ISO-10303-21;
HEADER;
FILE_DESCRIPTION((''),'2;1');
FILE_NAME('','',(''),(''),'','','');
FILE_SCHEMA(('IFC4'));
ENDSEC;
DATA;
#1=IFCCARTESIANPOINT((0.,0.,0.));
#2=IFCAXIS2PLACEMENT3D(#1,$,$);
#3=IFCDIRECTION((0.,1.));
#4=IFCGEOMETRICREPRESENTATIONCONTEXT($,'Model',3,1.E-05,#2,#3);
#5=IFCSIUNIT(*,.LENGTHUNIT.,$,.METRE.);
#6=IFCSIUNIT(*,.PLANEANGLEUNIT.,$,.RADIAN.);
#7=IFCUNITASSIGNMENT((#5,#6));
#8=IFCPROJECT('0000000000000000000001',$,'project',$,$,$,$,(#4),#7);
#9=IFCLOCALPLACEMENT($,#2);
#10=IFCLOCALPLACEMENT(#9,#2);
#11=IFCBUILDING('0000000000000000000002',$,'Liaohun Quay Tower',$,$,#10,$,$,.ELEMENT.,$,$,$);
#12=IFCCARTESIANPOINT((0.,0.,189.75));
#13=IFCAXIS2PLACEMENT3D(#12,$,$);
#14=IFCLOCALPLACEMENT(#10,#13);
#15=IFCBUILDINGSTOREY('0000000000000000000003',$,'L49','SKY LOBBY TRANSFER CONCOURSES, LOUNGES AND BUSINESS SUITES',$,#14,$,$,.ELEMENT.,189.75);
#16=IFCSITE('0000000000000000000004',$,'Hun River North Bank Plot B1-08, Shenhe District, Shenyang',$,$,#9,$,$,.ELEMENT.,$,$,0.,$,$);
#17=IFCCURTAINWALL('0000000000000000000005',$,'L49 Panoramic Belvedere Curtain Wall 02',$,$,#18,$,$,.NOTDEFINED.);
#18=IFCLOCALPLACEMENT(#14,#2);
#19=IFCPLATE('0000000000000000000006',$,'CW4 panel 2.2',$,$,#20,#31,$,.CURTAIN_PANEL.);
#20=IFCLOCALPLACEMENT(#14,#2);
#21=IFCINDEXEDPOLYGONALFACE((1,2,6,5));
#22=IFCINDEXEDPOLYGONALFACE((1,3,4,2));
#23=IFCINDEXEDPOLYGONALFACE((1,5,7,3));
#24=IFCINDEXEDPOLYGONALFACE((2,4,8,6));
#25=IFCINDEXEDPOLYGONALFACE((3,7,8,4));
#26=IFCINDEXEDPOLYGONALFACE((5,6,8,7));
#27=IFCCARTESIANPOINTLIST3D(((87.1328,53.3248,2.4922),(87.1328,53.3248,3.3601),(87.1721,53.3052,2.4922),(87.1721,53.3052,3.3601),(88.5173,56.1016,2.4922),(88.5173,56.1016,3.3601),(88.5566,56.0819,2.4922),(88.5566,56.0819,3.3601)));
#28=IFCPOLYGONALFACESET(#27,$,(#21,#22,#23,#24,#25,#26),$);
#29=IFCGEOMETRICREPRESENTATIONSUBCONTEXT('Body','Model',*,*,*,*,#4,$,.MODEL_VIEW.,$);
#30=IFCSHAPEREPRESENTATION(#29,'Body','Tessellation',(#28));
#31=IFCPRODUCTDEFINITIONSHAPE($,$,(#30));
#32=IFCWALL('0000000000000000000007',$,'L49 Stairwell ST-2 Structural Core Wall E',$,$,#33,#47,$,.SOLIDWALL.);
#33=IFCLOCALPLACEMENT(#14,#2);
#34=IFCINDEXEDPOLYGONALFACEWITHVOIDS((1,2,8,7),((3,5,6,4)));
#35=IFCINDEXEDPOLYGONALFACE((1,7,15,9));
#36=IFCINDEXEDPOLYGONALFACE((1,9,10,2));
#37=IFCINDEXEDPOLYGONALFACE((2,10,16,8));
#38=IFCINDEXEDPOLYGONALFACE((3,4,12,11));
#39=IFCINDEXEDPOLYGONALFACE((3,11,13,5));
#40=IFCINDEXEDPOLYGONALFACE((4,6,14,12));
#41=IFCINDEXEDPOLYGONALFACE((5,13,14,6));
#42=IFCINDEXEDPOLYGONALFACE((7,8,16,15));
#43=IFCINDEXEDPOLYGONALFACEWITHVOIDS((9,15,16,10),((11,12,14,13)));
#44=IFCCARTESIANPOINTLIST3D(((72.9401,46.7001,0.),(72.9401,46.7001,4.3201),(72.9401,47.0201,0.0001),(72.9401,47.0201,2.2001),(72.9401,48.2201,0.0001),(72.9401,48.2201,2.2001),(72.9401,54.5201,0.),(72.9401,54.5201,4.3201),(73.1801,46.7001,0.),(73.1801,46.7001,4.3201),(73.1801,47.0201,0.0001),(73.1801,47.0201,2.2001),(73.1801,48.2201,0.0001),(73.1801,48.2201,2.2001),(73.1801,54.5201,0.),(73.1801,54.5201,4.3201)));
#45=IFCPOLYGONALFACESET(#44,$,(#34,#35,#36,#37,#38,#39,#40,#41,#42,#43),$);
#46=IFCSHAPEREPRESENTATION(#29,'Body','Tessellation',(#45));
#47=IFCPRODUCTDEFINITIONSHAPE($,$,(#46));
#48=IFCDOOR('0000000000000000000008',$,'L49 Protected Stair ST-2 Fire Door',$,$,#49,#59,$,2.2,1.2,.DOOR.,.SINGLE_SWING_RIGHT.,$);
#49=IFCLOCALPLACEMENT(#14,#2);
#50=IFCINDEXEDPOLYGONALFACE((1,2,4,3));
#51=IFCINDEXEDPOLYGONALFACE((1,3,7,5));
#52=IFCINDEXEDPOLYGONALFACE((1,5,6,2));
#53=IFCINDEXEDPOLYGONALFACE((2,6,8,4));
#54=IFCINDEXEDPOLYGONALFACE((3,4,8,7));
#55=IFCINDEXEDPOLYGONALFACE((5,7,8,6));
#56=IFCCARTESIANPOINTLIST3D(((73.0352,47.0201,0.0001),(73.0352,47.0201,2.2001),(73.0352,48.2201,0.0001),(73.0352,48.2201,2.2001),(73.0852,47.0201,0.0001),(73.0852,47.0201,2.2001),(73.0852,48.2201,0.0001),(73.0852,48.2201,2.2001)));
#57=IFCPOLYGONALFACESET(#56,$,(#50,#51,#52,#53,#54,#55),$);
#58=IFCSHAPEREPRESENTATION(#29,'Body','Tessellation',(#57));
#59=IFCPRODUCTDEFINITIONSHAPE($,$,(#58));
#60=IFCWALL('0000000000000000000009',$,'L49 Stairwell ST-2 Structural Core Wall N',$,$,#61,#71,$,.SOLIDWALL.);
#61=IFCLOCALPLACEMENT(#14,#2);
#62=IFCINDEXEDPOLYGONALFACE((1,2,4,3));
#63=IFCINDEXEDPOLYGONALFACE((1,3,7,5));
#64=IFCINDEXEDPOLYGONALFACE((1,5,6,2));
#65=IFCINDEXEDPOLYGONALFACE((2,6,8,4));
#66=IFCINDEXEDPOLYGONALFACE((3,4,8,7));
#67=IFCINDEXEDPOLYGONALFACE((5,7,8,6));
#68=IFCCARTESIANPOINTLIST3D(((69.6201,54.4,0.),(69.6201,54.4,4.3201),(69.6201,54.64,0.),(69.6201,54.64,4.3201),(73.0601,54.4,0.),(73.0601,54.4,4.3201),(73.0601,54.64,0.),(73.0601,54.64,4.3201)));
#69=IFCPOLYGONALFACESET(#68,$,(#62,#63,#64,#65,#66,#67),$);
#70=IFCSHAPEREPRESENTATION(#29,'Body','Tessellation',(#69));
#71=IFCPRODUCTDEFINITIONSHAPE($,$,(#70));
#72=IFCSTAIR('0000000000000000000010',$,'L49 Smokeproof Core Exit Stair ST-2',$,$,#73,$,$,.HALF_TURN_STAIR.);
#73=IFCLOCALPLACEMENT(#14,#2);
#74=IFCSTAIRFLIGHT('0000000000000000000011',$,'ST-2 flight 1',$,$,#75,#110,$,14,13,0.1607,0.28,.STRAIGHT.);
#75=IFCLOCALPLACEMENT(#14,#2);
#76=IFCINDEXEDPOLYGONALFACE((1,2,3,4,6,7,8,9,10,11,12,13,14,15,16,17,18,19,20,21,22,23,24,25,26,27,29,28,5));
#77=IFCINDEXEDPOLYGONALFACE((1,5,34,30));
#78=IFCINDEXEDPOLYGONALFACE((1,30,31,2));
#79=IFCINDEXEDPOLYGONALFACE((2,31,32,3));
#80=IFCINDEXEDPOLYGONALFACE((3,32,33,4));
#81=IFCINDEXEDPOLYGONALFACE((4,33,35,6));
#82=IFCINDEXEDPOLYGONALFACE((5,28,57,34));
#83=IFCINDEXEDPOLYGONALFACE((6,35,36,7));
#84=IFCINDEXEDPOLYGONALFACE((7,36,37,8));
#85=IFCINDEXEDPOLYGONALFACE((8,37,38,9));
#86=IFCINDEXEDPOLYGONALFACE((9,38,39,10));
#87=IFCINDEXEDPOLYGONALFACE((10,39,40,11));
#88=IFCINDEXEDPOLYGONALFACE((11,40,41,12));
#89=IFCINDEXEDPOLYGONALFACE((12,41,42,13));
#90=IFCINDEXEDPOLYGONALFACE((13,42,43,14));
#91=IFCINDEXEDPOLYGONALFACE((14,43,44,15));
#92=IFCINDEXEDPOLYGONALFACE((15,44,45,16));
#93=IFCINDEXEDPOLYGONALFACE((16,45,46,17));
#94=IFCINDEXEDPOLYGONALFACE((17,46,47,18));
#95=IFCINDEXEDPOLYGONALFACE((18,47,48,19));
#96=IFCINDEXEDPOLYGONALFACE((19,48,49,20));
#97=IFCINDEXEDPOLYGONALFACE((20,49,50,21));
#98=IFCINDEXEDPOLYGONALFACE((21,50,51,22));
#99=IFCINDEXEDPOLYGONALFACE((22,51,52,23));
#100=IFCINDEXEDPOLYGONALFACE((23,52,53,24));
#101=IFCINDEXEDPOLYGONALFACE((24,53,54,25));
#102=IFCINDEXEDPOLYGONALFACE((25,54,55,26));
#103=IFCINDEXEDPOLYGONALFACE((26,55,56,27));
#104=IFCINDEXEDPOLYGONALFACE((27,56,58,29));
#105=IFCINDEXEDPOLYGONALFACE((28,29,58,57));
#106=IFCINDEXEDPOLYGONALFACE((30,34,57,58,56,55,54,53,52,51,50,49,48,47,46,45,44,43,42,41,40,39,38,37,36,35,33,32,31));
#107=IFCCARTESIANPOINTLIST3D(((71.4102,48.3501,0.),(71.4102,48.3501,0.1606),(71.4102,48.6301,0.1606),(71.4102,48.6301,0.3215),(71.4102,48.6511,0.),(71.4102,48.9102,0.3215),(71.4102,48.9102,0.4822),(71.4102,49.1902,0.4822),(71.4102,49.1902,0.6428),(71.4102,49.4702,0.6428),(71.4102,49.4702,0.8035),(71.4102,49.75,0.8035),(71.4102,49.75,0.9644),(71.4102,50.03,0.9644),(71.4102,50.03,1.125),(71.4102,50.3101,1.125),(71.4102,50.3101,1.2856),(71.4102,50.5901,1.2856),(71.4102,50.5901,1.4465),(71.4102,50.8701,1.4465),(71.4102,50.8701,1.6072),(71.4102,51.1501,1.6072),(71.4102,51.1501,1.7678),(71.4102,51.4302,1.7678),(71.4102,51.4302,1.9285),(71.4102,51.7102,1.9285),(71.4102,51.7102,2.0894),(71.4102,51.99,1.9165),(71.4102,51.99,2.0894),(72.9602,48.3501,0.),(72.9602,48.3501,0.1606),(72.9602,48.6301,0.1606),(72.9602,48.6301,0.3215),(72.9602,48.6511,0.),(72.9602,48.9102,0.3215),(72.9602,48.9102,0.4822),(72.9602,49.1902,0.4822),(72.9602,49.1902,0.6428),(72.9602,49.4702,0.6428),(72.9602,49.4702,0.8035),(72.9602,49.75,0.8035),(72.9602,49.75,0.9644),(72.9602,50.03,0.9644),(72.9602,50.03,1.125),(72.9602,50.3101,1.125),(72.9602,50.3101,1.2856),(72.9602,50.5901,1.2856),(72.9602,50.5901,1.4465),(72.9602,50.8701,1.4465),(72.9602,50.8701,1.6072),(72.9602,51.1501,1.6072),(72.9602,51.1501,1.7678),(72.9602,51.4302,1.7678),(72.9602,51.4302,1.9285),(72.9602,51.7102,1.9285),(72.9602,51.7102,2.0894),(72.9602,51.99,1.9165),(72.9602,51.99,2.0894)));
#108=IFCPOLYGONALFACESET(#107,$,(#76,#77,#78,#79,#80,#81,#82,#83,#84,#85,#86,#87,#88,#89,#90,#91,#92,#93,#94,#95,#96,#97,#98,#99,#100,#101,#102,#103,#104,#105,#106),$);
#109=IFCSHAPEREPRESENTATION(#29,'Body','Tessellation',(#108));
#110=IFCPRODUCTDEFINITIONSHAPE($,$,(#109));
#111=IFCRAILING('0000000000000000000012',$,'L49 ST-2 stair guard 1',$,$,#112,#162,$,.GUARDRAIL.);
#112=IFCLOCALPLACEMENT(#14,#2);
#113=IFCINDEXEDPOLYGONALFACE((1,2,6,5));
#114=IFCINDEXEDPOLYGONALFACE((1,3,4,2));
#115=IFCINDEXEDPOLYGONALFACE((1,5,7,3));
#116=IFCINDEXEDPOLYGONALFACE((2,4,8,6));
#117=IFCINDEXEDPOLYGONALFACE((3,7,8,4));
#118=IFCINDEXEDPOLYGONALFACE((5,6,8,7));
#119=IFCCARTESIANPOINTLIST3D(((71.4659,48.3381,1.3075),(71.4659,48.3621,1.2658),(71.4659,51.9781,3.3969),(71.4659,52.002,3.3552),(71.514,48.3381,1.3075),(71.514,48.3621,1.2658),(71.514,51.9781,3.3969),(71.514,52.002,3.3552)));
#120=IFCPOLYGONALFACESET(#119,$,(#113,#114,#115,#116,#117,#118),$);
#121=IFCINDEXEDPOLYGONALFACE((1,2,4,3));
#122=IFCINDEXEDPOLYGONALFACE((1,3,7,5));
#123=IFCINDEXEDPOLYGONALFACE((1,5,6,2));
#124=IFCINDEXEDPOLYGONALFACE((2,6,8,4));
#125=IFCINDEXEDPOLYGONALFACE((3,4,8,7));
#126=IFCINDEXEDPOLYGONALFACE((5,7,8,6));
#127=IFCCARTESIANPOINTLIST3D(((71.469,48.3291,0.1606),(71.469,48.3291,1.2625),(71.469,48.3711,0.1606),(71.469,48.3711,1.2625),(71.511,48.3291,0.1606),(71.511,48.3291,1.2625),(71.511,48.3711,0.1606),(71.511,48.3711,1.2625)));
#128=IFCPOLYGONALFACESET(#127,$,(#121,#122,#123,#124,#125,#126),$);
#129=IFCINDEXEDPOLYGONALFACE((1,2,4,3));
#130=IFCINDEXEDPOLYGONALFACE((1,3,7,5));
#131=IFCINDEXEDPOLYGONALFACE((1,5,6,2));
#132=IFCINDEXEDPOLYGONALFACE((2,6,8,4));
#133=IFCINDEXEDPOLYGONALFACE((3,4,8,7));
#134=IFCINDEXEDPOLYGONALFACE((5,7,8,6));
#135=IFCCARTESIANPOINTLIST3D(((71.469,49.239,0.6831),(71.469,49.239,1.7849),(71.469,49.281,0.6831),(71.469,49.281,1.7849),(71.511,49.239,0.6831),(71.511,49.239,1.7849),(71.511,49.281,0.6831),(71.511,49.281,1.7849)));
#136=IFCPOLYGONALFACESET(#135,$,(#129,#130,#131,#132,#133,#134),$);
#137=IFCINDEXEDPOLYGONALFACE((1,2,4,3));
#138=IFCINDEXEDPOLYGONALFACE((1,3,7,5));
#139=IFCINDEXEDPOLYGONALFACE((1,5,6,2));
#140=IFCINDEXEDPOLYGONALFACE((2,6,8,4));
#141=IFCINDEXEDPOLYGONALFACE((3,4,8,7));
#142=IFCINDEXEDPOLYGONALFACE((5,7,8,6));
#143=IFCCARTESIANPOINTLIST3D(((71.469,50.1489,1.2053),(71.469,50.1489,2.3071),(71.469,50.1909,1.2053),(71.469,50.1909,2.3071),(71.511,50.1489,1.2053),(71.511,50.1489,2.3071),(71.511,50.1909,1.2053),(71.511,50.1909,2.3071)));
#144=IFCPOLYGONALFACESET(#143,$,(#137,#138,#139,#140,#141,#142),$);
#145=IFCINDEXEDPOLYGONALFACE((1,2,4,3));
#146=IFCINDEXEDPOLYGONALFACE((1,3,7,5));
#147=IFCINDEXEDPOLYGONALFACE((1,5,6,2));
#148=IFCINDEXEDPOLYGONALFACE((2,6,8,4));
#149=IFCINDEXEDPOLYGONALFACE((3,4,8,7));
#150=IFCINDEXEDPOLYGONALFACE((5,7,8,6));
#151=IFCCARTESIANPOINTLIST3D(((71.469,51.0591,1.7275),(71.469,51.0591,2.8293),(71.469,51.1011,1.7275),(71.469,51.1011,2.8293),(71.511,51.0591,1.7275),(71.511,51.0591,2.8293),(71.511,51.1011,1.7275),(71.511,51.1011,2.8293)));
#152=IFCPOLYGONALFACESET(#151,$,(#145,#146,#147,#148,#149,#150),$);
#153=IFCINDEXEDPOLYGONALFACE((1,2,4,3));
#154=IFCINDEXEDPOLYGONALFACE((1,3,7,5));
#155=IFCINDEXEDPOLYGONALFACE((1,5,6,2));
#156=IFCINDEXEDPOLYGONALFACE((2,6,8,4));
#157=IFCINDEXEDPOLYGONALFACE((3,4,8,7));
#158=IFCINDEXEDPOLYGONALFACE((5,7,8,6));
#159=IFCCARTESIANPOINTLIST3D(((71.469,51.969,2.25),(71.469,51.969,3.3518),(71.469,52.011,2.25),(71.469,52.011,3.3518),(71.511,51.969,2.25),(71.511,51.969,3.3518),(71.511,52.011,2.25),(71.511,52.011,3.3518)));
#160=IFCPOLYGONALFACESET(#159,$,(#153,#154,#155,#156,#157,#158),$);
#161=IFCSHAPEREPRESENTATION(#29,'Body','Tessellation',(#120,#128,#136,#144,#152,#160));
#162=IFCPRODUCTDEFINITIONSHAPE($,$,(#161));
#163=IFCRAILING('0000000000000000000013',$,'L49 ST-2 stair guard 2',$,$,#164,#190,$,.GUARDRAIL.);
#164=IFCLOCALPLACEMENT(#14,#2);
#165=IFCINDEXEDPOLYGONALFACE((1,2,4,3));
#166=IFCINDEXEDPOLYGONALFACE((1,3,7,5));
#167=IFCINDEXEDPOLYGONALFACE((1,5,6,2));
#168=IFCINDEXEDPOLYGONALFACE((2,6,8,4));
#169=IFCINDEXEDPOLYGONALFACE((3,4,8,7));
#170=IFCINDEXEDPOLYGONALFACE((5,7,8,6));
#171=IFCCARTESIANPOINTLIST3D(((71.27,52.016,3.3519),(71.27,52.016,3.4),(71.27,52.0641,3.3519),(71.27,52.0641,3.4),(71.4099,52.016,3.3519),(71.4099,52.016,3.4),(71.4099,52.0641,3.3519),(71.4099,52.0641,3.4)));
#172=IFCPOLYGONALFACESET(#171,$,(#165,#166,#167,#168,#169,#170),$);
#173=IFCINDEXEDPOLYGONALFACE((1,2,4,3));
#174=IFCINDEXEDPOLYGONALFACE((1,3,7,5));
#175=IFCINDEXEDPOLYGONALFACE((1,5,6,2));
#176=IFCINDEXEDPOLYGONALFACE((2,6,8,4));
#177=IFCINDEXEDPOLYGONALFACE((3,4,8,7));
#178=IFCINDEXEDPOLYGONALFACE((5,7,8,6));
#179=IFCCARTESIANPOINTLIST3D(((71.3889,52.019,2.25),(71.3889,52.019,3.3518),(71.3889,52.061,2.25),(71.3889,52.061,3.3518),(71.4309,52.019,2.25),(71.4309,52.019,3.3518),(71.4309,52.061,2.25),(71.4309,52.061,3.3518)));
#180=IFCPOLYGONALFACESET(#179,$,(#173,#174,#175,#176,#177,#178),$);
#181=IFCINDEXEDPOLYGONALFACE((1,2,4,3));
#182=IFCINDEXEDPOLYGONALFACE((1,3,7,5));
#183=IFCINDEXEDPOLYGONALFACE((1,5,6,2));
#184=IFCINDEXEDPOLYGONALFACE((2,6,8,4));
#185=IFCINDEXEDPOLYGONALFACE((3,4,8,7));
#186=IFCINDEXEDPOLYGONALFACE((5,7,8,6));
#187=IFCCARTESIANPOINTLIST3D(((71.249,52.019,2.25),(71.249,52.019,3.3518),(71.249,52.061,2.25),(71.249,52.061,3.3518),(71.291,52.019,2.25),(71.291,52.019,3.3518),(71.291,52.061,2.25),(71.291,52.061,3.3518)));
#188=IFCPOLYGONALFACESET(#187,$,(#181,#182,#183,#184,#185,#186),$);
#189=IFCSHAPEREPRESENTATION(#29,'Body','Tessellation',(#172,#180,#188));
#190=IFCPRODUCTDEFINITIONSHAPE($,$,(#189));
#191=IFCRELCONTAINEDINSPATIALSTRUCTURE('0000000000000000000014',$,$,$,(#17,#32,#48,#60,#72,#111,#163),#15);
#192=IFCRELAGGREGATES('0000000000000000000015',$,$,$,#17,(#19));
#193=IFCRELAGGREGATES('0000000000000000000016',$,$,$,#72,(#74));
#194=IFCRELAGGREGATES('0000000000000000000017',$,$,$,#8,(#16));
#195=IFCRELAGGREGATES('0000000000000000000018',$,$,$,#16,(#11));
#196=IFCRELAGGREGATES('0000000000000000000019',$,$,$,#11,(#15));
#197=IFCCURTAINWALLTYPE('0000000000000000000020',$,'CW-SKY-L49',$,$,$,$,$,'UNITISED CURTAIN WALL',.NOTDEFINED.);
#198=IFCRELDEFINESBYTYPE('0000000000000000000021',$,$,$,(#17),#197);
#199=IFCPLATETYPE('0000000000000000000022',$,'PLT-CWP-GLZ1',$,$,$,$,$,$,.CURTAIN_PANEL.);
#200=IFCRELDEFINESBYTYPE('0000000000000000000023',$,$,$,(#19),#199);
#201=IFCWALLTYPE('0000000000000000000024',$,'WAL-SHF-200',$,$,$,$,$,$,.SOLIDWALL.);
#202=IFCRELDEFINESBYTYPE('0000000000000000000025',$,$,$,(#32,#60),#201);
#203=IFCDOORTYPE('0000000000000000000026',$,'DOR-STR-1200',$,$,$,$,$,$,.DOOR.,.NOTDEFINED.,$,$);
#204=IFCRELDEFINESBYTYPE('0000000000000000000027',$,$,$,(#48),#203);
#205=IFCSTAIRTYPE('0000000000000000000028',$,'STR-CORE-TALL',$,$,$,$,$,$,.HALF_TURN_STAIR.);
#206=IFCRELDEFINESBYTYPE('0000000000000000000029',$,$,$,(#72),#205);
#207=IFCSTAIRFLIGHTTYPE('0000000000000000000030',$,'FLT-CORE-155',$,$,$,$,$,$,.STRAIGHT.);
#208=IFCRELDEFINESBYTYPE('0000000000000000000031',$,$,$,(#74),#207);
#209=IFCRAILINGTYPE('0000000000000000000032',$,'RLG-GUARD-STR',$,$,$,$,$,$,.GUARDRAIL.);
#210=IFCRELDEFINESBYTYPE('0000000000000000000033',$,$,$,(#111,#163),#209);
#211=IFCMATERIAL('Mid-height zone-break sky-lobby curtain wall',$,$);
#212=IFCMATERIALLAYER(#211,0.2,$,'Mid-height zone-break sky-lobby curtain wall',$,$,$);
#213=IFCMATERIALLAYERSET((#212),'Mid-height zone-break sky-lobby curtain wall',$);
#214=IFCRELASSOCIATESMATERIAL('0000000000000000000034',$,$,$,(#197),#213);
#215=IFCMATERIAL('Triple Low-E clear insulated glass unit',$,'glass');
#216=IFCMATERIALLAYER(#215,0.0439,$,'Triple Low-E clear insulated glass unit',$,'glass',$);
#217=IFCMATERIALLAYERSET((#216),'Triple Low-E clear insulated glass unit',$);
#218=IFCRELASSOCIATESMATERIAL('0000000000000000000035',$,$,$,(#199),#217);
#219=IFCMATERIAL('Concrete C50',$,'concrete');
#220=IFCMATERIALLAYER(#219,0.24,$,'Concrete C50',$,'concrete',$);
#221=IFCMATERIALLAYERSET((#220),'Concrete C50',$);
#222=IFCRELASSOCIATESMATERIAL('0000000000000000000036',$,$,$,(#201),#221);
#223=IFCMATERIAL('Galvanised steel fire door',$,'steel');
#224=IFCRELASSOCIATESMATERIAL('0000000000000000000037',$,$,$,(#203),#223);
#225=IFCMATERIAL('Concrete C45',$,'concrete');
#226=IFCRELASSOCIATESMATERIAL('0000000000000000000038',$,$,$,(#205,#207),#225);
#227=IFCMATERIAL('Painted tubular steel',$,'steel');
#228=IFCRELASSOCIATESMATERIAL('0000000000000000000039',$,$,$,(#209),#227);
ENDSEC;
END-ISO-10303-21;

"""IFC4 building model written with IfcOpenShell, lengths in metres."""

from ifc_helpers import new_model, si_unit, direction, frame, frame_2d, origin, origin_2d, place, context, subcontext, project, spatial, polyline, rectangle, outline, extrude, source, transform, mapped, material, layer, layer_set, type_object, element, fill, aggregate, save


model = new_model("IFC4")

# Units and contexts
model_context = context("Model", 3, precision=1e-05, world=origin(), true_north=direction((0.0, 1.0)))
body_context = subcontext(model_context, "Body", "Model", "MODEL_VIEW")
ifc_project = project(units=[si_unit("LENGTHUNIT", "METRE"), si_unit("PLANEANGLEUNIT", "RADIAN")], contexts=[model_context])

# Site, building, storey
site_placement = place(None, origin())
site = spatial("IfcSite", under=ifc_project, at=site_placement, Name="Hun River North Bank Plot B1-08, Shenhe District, Shenyang", CompositionType="ELEMENT", RefElevation=0.0)
building_placement = place(site_placement, origin())
building = spatial("IfcBuilding", under=site, at=building_placement, Name="Liaohun Quay Tower", CompositionType="ELEMENT")
storey_placement = place(building_placement, frame((0.0, 0.0, 189.75)))
storey = spatial("IfcBuildingStorey", under=building, at=storey_placement, Name="L49", Description="SKY LOBBY TRANSFER CONCOURSES, LOUNGES AND BUSINESS SUITES", CompositionType="ELEMENT", Elevation=189.75)

# Curtain wall, plate
ifc_material_1 = material(Name="Mid-height zone-break sky-lobby curtain wall")
ifc_layer_1 = layer(ifc_material_1, 0.2, Name="Mid-height zone-break sky-lobby curtain wall")
ifc_layer_set_1 = layer_set([ifc_layer_1], Name="Mid-height zone-break sky-lobby curtain wall")
curtain_wall_type = type_object("IfcCurtainWallType", Name="CW-SKY-L49", ElementType="UNITISED CURTAIN WALL", PredefinedType="NOTDEFINED", material=ifc_layer_set_1)
curtain_wall_placement = place(storey_placement, origin())
curtain_wall = element("IfcCurtainWall", 1, at=curtain_wall_placement, inside=storey, type_object=curtain_wall_type, Name="L49 Panoramic Belvedere Curtain Wall 02", PredefinedType="NOTDEFINED")
ifc_material_2 = material(Name="Triple Low-E clear insulated glass unit", Category="glass")
ifc_layer_2 = layer(ifc_material_2, 0.0439, Name="Triple Low-E clear insulated glass unit", Category="glass")
ifc_layer_set_2 = layer_set([ifc_layer_2], Name="Triple Low-E clear insulated glass unit")
plate_type = type_object("IfcPlateType", Name="PLT-CWP-GLZ1", PredefinedType="CURTAIN_PANEL", material=ifc_layer_set_2)
shared_shape_1 = source(origin(), body_context, "Body", "SweptSolid", [
    extrude(rectangle(XDim=3.1028, YDim=0.0439, at=origin_2d()), origin(), (0.0, 0.0, 1.0), 0.8679),
])
plate_1_placement = place(storey_placement, frame((87.8447, 54.7034, 2.4922), z_axis=(0.0, 0.0, 1.0), x_axis=(0.446213, 0.894927, 0.0)))
plate_1 = element("IfcPlate", 2, at=plate_1_placement, type_object=plate_type, Name="CW4 panel 2.2", PredefinedType="CURTAIN_PANEL", context=body_context, shape_type="MappedRepresentation", body=[
    mapped(shared_shape_1, transform((0.0, 0.0, 0.0), x_axis=(1.0, 0.0, 0.0), y_axis=(0.0, 1.0, 0.0), z_axis=(0.0, 0.0, 1.0), scale=1.0)),
])
aggregate(curtain_wall, [plate_1])

# Wall, opening, door
ifc_material_3 = material(Name="Concrete C50", Category="concrete")
ifc_layer_3 = layer(ifc_material_3, 0.24, Name="Concrete C50", Category="concrete")
ifc_layer_set_3 = layer_set([ifc_layer_3], Name="Concrete C50")
wall_type = type_object("IfcWallType", Name="WAL-SHF-200", PredefinedType="SOLIDWALL", material=ifc_layer_set_3)
wall_1_placement = place(storey_placement, frame((73.0601, 46.7, 0.0), z_axis=(0.0, 0.0, 1.0), x_axis=(0.0, 1.0, 0.0)))
wall_1 = element("IfcWall", 3, at=wall_1_placement, inside=storey, type_object=wall_type, Name="L49 Stairwell ST-2 Structural Core Wall E", PredefinedType="SOLIDWALL", context=body_context, shape_type="SweptSolid", body=[
    extrude(rectangle(XDim=7.8201, YDim=0.24, at=frame_2d((3.9102, 0.0))), origin(), (0.0, 0.0, 1.0), 4.3201),
])
shared_shape_2 = source(origin(), body_context, "Body", "SweptSolid", [
    extrude(rectangle(XDim=1.2, YDim=2.2, at=frame_2d((0.6001, 1.1001))), frame((0.0, 0.1299, 0.0), z_axis=(0.0, -1.0, 0.0), x_axis=(1.0, 0.0, 0.0)), (0.0, 0.0, 1.0), 0.26),
])
opening_placement = place(wall_1_placement, frame((0.3201, 0.0, 0.0)))
opening = element("IfcOpeningElement", 4, at=opening_placement, cuts=wall_1, PredefinedType="OPENING", context=body_context, shape_type="MappedRepresentation", body=[
    mapped(shared_shape_2, transform((0.0, 0.0, 0.0), x_axis=(1.0, 0.0, 0.0), y_axis=(0.0, 1.0, 0.0), z_axis=(0.0, 0.0, 1.0), scale=1.0)),
])
ifc_material_4 = material(Name="Galvanised steel fire door", Category="steel")
door_type = type_object("IfcDoorType", Name="DOR-STR-1200", OperationType="NOTDEFINED", PredefinedType="DOOR", material=ifc_material_4)
shared_shape_3 = source(origin(), body_context, "Body", "SweptSolid", [
    extrude(rectangle(XDim=1.2, YDim=2.2, at=frame_2d((0.6001, 1.1001))), frame((0.0, 0.0249, 0.0), z_axis=(0.0, -1.0, 0.0), x_axis=(1.0, 0.0, 0.0)), (0.0, 0.0, 1.0), 0.05),
])
door_placement = place(opening_placement, origin())
door = element("IfcDoor", 5, at=door_placement, inside=storey, type_object=door_type, Name="L49 Protected Stair ST-2 Fire Door", OperationType="SINGLE_SWING_RIGHT", OverallHeight=2.2, OverallWidth=1.2, PredefinedType="DOOR", context=body_context, shape_type="MappedRepresentation", body=[
    mapped(shared_shape_3, transform((0.0, 0.0, 0.0), x_axis=(1.0, 0.0, 0.0), y_axis=(0.0, 1.0, 0.0), z_axis=(0.0, 0.0, 1.0), scale=1.0)),
])
fill(opening, door)

# Wall
wall_2_placement = place(storey_placement, frame((73.0601, 54.52, 0.0), z_axis=(0.0, 0.0, 1.0), x_axis=(-1.0, 0.0, 0.0)))
element("IfcWall", 6, at=wall_2_placement, inside=storey, type_object=wall_type, Name="L49 Stairwell ST-2 Structural Core Wall N", PredefinedType="SOLIDWALL", context=body_context, shape_type="SweptSolid", body=[
    extrude(rectangle(XDim=3.4399, YDim=0.24, at=frame_2d((1.72, 0.0))), origin(), (0.0, 0.0, 1.0), 4.3201),
])

# Stair, stair flight
ifc_material_5 = material(Name="Concrete C45", Category="concrete")
stair_type = type_object("IfcStairType", Name="STR-CORE-TALL", PredefinedType="HALF_TURN_STAIR", material=ifc_material_5)
stair_placement = place(storey_placement, origin())
stair = element("IfcStair", 7, at=stair_placement, inside=storey, type_object=stair_type, Name="L49 Smokeproof Core Exit Stair ST-2", PredefinedType="HALF_TURN_STAIR")
stair_flight_type = type_object("IfcStairFlightType", Name="FLT-CORE-155", PredefinedType="STRAIGHT", material=ifc_material_5)
stair_flight_placement = place(storey_placement, frame((72.1851, 48.3501, 0.0), z_axis=(0.0, 0.0, 1.0), x_axis=(0.0, 1.0, 0.0)))
stair_flight = element("IfcStairFlight", 8, at=stair_flight_placement, type_object=stair_flight_type, Name="ST-2 flight 1", NumberOfRisers=14, NumberOfTreads=13, PredefinedType="STRAIGHT", RiserHeight=0.1607, TreadLength=0.28, context=body_context, shape_type="SweptSolid", body=[
    extrude(outline(polyline([(0.0, 0.0), (0.0, 0.1606), (0.28, 0.1606), (0.28, 0.3215), (0.5601, 0.3215), (0.5601, 0.4822), (0.8401, 0.4822), (0.8401, 0.6428), (1.1201, 0.6428), (1.1201, 0.8035), (1.3999, 0.8035), (1.3999, 0.9644), (1.6799, 0.9644), (1.6799, 1.125), (1.96, 1.125), (1.96, 1.2856), (2.24, 1.2856), (2.24, 1.4465), (2.52, 1.4465), (2.52, 1.6072), (2.8, 1.6072), (2.8, 1.7678), (3.0801, 1.7678), (3.0801, 1.9285), (3.3601, 1.9285), (3.3601, 2.0894), (3.6399, 2.0894), (3.6399, 2.25), (3.6399, 1.9165), (0.301, 0.0), (0.0, 0.0)])), frame((0.0, 0.7749, 0.0), z_axis=(0.0, -1.0, 0.0), x_axis=(1.0, 0.0, 0.0)), (0.0, 0.0, 1.0), 1.55),
])
aggregate(stair, [stair_flight])

# Railings
ifc_material_6 = material(Name="Painted tubular steel", Category="steel")
railing_type_1 = type_object("IfcRailingType", Name="RLG-GUARD-STR", PredefinedType="GUARDRAIL", material=ifc_material_6)
railing_1_placement = place(storey_placement, frame((71.49, 48.3501, 0.1606)))
element("IfcRailing", 9, at=railing_1_placement, inside=storey, type_object=railing_type_1, Name="L49 ST-2 stair guard 1", PredefinedType="GUARDRAIL", context=body_context, shape_type="SweptSolid", body=[
    extrude(rectangle(XDim=0.0481, YDim=0.0481, at=origin_2d()), frame((0.0, 0.0, 1.126), z_axis=(0.0, 0.867275, 0.497829), x_axis=(-1.0, 0.0, 0.0)), (0.0, 0.0, 1.0), 4.197),
    extrude(rectangle(XDim=0.042, YDim=0.042, at=origin_2d()), origin(), (0.0, 0.0, 1.0), 1.1018),
    extrude(rectangle(XDim=0.042, YDim=0.042, at=origin_2d()), frame((0.0, 0.9099, 0.5225)), (0.0, 0.0, 1.0), 1.1018),
    extrude(rectangle(XDim=0.042, YDim=0.042, at=origin_2d()), frame((0.0, 1.8198, 1.0447)), (0.0, 0.0, 1.0), 1.1018),
    extrude(rectangle(XDim=0.042, YDim=0.042, at=origin_2d()), frame((0.0, 2.73, 1.5669)), (0.0, 0.0, 1.0), 1.1018),
    extrude(rectangle(XDim=0.042, YDim=0.042, at=origin_2d()), frame((0.0, 3.6399, 2.0894)), (0.0, 0.0, 1.0), 1.1018),
])
for number, where, name in (
    (10, (71.4099, 52.04, 2.25), "L49 ST-2 stair guard 2"),
):
    element("IfcRailing", number, at=place(storey_placement, frame(where)), inside=storey, type_object=railing_type_1, Name=name, PredefinedType="GUARDRAIL", context=body_context, shape_type="SweptSolid", body=[
        extrude(rectangle(XDim=0.0481, YDim=0.0481, at=origin_2d()), frame((0.0, 0.0, 1.126), z_axis=(-1.0, 0.0, 0.0), x_axis=(0.0, -1.0, 0.0)), (0.0, 0.0, 1.0), 0.1399),
        extrude(rectangle(XDim=0.042, YDim=0.042, at=origin_2d()), origin(), (0.0, 0.0, 1.0), 1.1018),
        extrude(rectangle(XDim=0.042, YDim=0.042, at=origin_2d()), frame((-0.1399, 0.0, 0.0)), (0.0, 0.0, 1.0), 1.1018),
    ])

save(model, "model.ifc")
